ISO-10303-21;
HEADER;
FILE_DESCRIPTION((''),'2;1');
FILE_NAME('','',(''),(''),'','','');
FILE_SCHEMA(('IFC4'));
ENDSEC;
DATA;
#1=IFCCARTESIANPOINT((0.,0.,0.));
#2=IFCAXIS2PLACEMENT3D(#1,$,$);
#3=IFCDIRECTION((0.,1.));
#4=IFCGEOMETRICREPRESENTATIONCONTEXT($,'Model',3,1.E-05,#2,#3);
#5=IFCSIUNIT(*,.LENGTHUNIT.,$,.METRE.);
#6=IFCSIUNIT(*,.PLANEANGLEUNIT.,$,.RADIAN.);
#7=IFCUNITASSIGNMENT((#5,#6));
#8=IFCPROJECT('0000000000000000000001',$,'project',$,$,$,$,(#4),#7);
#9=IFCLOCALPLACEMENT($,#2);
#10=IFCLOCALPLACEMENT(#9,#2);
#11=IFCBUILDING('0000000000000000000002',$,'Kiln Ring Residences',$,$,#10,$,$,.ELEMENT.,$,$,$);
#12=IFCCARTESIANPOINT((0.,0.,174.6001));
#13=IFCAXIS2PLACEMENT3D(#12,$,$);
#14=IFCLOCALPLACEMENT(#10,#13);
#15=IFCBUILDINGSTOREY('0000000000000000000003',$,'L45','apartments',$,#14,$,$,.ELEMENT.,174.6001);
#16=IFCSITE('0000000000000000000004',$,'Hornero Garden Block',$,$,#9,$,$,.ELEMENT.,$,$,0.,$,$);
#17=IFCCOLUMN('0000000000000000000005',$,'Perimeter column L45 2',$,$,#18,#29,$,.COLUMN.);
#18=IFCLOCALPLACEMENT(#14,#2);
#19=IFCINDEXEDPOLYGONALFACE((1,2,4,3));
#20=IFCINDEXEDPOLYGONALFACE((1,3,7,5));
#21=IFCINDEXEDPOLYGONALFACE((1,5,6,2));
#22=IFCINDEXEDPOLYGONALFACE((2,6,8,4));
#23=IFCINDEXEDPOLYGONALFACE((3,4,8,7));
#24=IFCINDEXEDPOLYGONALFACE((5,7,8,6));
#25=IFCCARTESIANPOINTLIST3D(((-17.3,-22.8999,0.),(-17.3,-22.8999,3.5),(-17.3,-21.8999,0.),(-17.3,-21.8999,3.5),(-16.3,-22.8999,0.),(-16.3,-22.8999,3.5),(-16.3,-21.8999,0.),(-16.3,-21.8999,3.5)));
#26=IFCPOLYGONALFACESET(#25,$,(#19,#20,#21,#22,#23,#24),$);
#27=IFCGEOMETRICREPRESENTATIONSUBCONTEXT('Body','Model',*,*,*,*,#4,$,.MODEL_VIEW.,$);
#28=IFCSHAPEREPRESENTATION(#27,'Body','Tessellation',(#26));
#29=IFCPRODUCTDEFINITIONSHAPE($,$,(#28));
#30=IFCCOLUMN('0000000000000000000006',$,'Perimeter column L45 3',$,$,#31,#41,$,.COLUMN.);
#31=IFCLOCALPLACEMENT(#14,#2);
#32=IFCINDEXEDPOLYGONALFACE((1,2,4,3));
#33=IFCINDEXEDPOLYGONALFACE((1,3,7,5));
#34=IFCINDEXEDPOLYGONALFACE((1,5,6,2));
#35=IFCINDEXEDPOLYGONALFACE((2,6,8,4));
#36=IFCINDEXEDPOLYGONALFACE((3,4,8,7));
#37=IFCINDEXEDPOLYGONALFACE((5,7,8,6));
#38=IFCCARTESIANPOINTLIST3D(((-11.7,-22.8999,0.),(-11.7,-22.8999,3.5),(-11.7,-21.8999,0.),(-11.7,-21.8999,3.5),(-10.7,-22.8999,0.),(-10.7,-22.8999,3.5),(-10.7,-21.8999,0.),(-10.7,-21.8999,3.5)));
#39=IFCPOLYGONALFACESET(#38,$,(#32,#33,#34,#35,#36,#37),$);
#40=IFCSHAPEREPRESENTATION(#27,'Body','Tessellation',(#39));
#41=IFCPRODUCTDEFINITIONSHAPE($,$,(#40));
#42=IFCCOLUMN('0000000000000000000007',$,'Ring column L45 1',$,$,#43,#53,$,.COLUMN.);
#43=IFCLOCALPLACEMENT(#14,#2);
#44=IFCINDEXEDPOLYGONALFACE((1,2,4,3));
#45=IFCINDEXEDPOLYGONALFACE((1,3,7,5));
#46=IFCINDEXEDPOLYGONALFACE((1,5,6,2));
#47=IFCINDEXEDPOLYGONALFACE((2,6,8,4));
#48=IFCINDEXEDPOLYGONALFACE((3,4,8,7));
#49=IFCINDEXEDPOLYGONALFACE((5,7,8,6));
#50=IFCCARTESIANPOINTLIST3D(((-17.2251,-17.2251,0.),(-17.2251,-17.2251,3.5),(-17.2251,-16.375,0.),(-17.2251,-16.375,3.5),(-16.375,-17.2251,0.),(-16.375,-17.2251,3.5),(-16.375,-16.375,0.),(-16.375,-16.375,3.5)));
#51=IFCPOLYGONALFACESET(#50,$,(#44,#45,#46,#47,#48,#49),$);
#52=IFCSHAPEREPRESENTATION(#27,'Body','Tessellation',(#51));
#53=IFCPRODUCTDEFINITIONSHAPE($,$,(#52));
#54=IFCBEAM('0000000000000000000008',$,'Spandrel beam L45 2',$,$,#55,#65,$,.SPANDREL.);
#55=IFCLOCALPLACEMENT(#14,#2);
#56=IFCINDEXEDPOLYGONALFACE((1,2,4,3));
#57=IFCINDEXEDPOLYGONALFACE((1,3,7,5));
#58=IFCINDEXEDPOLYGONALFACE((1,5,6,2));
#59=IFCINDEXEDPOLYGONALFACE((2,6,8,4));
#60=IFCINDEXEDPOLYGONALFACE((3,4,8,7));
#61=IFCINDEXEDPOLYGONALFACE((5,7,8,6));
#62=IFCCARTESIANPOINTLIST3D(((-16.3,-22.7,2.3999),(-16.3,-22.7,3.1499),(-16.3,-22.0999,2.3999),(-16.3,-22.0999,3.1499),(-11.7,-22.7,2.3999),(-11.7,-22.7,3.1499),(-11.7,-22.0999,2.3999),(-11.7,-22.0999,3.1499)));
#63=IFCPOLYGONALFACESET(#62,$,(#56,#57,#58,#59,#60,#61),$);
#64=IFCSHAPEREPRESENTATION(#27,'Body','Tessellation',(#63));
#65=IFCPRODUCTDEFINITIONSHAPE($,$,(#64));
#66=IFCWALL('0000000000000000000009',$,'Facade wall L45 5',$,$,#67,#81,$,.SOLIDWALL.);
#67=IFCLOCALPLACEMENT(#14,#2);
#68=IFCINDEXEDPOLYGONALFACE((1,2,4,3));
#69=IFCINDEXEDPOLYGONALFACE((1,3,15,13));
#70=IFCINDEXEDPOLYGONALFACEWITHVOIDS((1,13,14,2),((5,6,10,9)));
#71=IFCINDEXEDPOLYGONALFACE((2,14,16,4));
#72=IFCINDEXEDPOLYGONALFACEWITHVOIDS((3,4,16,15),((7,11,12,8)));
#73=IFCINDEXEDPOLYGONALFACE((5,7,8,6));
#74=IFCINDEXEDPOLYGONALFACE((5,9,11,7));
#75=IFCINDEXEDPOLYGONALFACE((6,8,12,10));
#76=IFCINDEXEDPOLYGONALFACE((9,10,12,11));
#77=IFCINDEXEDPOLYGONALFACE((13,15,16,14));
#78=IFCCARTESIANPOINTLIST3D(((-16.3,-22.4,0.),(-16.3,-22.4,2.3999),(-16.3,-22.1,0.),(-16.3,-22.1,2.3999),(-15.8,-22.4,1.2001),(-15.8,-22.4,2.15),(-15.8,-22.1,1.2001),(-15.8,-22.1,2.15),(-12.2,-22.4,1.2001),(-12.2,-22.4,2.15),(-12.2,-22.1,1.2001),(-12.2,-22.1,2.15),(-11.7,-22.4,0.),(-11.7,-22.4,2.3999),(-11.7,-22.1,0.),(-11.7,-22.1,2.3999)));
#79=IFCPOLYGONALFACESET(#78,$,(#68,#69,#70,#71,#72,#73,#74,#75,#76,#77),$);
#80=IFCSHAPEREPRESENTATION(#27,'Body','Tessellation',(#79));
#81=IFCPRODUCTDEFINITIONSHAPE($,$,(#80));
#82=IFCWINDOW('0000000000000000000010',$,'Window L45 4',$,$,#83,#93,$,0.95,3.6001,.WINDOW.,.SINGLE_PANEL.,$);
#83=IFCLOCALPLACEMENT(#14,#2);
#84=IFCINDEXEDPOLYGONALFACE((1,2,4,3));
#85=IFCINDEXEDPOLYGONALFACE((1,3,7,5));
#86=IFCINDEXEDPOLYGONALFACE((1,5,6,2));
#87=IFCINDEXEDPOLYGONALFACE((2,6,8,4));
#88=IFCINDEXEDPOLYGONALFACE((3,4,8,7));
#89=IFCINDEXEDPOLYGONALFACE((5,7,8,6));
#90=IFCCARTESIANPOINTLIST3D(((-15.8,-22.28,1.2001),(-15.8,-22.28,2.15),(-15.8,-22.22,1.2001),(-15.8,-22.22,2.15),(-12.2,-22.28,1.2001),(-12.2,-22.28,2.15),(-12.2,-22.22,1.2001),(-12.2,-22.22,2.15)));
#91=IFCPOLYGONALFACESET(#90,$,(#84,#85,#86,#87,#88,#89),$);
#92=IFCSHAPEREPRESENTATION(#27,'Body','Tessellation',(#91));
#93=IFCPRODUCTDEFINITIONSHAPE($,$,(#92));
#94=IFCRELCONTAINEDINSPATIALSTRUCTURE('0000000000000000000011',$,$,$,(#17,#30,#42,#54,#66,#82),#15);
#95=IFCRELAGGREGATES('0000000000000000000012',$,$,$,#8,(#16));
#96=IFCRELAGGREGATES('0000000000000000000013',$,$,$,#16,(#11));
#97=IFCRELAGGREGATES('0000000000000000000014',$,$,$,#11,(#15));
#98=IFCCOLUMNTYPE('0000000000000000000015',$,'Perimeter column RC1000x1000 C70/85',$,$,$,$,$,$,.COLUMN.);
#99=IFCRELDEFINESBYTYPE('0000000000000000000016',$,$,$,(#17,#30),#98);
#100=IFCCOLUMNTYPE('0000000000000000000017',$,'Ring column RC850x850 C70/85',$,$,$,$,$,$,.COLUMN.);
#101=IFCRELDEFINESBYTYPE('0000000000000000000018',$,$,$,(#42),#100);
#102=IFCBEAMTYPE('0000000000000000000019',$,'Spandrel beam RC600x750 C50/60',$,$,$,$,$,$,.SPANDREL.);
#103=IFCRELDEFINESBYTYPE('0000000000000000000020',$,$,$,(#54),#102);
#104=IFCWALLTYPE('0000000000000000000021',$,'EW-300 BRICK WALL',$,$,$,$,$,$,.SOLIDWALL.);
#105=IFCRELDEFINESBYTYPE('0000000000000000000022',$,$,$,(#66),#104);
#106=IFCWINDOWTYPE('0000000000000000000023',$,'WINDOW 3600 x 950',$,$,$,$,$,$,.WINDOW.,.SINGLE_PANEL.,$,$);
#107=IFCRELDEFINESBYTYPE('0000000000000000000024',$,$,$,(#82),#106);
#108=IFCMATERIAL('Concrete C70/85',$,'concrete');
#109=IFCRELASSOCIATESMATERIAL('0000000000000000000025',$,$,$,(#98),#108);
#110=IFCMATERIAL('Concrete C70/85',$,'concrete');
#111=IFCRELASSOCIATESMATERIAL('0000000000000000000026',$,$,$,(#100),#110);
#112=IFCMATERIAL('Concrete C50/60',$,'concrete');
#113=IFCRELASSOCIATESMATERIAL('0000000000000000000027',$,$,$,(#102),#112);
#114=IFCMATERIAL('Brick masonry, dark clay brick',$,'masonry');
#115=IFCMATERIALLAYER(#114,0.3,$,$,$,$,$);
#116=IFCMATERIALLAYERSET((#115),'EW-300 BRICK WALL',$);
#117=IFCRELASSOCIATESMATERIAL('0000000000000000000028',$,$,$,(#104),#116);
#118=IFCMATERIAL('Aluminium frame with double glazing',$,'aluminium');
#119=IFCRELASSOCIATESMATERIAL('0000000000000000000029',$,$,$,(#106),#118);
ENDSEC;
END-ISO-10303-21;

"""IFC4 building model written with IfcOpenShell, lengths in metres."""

from ifc_helpers import new_model, si_unit, direction, frame, frame_2d, origin, origin_2d, place, context, subcontext, project, spatial, rectangle, extrude, material, layer, layer_set, material_profile, profile_set, type_object, element, fill, save


model = new_model("IFC4")

# Units and contexts
model_context = context("Model", 3, precision=1e-05, world=origin(), true_north=direction((0.0, 1.0)))
body_context = subcontext(model_context, "Body", "Model", "MODEL_VIEW")
ifc_project = project(units=[si_unit("LENGTHUNIT", "METRE"), si_unit("PLANEANGLEUNIT", "RADIAN")], contexts=[model_context])

# Site, building, storey
site_placement = place(None, origin())
site = spatial("IfcSite", under=ifc_project, at=site_placement, Name="Hornero Garden Block", CompositionType="ELEMENT", RefElevation=0.0)
building_placement = place(site_placement, origin())
building = spatial("IfcBuilding", under=site, at=building_placement, Name="Kiln Ring Residences", CompositionType="ELEMENT")
storey_placement = place(building_placement, frame((0.0, 0.0, 174.6001)))
storey = spatial("IfcBuildingStorey", under=building, at=storey_placement, Name="L45", Description="apartments", CompositionType="ELEMENT", Elevation=174.6001)

# Columns
ifc_material_1 = material(Name="Concrete C70/85", Category="concrete")
ifc_material_profile_1 = material_profile(ifc_material_1, rectangle(XDim=1.0, YDim=1.0, at=origin_2d()), Name="RC1000x1000")
ifc_profile_set_1 = profile_set([ifc_material_profile_1], Name="Concrete C70/85")
column_type_1 = type_object("IfcColumnType", Name="Perimeter column RC1000x1000 C70/85", PredefinedType="COLUMN", material=ifc_profile_set_1)
for number, where, z_axis, x_axis, name in (
    (1, (-16.8, -22.3999, 0.0), (0.0, 0.0, 1.0), (1.0, 0.0, 0.0), "Perimeter column L45 2"),
    (2, (-11.2, -22.3999, 0.0), (0.0, 0.0, 1.0), (1.0, 0.0, 0.0), "Perimeter column L45 3"),
):
    element("IfcColumn", number, at=place(storey_placement, frame(where, z_axis=z_axis, x_axis=x_axis)), inside=storey, type_object=column_type_1, Name=name, PredefinedType="COLUMN", context=body_context, shape_type="SweptSolid", body=[
        extrude(rectangle(XDim=1.0, YDim=1.0, at=origin_2d()), origin(), (0.0, 0.0, 1.0), 3.5),
    ])
ifc_material_2 = material(Name="Concrete C70/85", Category="concrete")
ifc_material_profile_2 = material_profile(ifc_material_2, rectangle(XDim=0.8501, YDim=0.8501, at=origin_2d()), Name="RC850x850")
ifc_profile_set_2 = profile_set([ifc_material_profile_2], Name="Concrete C70/85")
column_type_2 = type_object("IfcColumnType", Name="Ring column RC850x850 C70/85", PredefinedType="COLUMN", material=ifc_profile_set_2)
column_placement = place(storey_placement, frame((-16.8, -16.8, 0.0), z_axis=(0.0, 0.0, 1.0), x_axis=(1.0, 0.0, 0.0)))
element("IfcColumn", 3, at=column_placement, inside=storey, type_object=column_type_2, Name="Ring column L45 1", PredefinedType="COLUMN", context=body_context, shape_type="SweptSolid", body=[
    extrude(rectangle(XDim=0.8501, YDim=0.8501, at=origin_2d()), origin(), (0.0, 0.0, 1.0), 3.5),
])

# Beam
ifc_material_3 = material(Name="Concrete C50/60", Category="concrete")
ifc_material_profile_3 = material_profile(ifc_material_3, rectangle(XDim=0.6001, YDim=0.75, at=origin_2d()), Name="RC600x750")
ifc_profile_set_3 = profile_set([ifc_material_profile_3], Name="Concrete C50/60")
beam_type = type_object("IfcBeamType", Name="Spandrel beam RC600x750 C50/60", PredefinedType="SPANDREL", material=ifc_profile_set_3)
beam_placement = place(storey_placement, frame((-16.3, -22.3999, 2.7749), z_axis=(1.0, 0.0, 0.0), x_axis=(0.0, 1.0, 0.0)))
element("IfcBeam", 4, at=beam_placement, inside=storey, type_object=beam_type, Name="Spandrel beam L45 2", PredefinedType="SPANDREL", context=body_context, shape_type="SweptSolid", body=[
    extrude(rectangle(XDim=0.6001, YDim=0.75, at=origin_2d()), origin(), (0.0, 0.0, 1.0), 4.6001),
])

# Wall, opening, window
ifc_material_4 = material(Name="Brick masonry, dark clay brick", Category="masonry")
ifc_layer_1 = layer(ifc_material_4, 0.3)
ifc_layer_set_1 = layer_set([ifc_layer_1], Name="EW-300 BRICK WALL")
wall_type_1 = type_object("IfcWallType", Name="EW-300 BRICK WALL", PredefinedType="SOLIDWALL", material=ifc_layer_set_1)
wall_1_placement = place(storey_placement, frame((-16.3, -22.25, 0.0), z_axis=(0.0, 0.0, 1.0), x_axis=(1.0, 0.0, 0.0)))
wall_1 = element("IfcWall", 5, at=wall_1_placement, inside=storey, type_object=wall_type_1, Name="Facade wall L45 5", PredefinedType="SOLIDWALL", context=body_context, shape_type="SweptSolid", body=[
    extrude(rectangle(XDim=4.6001, YDim=0.3, at=frame_2d((2.3, 0.0))), origin(), (0.0, 0.0, 1.0), 2.3999),
])
opening_1_placement = place(wall_1_placement, frame((0.5, 0.0, 1.2)))
opening_1 = element("IfcOpeningElement", 6, at=opening_1_placement, cuts=wall_1, PredefinedType="OPENING", context=body_context, shape_type="SweptSolid", body=[
    extrude(rectangle(XDim=3.6001, YDim=0.95, at=frame_2d((1.8, 0.4751))), frame((0.0, 0.1599, 0.0), z_axis=(0.0, -1.0, 0.0), x_axis=(1.0, 0.0, 0.0)), (0.0, 0.0, 1.0), 0.3201),
])
ifc_material_5 = material(Name="Aluminium frame with double glazing", Category="aluminium")
window_type = type_object("IfcWindowType", Name="WINDOW 3600 x 950", PartitioningType="SINGLE_PANEL", PredefinedType="WINDOW", material=ifc_material_5)
window_placement = place(opening_1_placement, origin())
window = element("IfcWindow", 7, at=window_placement, inside=storey, type_object=window_type, Name="Window L45 4", OverallHeight=0.95, OverallWidth=3.6001, PartitioningType="SINGLE_PANEL", PredefinedType="WINDOW", context=body_context, shape_type="SweptSolid", body=[
    extrude(rectangle(XDim=3.6001, YDim=0.95, at=frame_2d((1.8, 0.4751))), frame((0.0, 0.03, 0.0), z_axis=(0.0, -1.0, 0.0), x_axis=(1.0, 0.0, 0.0)), (0.0, 0.0, 1.0), 0.0601),
])
fill(opening_1, window)

save(model, "model.ifc")
